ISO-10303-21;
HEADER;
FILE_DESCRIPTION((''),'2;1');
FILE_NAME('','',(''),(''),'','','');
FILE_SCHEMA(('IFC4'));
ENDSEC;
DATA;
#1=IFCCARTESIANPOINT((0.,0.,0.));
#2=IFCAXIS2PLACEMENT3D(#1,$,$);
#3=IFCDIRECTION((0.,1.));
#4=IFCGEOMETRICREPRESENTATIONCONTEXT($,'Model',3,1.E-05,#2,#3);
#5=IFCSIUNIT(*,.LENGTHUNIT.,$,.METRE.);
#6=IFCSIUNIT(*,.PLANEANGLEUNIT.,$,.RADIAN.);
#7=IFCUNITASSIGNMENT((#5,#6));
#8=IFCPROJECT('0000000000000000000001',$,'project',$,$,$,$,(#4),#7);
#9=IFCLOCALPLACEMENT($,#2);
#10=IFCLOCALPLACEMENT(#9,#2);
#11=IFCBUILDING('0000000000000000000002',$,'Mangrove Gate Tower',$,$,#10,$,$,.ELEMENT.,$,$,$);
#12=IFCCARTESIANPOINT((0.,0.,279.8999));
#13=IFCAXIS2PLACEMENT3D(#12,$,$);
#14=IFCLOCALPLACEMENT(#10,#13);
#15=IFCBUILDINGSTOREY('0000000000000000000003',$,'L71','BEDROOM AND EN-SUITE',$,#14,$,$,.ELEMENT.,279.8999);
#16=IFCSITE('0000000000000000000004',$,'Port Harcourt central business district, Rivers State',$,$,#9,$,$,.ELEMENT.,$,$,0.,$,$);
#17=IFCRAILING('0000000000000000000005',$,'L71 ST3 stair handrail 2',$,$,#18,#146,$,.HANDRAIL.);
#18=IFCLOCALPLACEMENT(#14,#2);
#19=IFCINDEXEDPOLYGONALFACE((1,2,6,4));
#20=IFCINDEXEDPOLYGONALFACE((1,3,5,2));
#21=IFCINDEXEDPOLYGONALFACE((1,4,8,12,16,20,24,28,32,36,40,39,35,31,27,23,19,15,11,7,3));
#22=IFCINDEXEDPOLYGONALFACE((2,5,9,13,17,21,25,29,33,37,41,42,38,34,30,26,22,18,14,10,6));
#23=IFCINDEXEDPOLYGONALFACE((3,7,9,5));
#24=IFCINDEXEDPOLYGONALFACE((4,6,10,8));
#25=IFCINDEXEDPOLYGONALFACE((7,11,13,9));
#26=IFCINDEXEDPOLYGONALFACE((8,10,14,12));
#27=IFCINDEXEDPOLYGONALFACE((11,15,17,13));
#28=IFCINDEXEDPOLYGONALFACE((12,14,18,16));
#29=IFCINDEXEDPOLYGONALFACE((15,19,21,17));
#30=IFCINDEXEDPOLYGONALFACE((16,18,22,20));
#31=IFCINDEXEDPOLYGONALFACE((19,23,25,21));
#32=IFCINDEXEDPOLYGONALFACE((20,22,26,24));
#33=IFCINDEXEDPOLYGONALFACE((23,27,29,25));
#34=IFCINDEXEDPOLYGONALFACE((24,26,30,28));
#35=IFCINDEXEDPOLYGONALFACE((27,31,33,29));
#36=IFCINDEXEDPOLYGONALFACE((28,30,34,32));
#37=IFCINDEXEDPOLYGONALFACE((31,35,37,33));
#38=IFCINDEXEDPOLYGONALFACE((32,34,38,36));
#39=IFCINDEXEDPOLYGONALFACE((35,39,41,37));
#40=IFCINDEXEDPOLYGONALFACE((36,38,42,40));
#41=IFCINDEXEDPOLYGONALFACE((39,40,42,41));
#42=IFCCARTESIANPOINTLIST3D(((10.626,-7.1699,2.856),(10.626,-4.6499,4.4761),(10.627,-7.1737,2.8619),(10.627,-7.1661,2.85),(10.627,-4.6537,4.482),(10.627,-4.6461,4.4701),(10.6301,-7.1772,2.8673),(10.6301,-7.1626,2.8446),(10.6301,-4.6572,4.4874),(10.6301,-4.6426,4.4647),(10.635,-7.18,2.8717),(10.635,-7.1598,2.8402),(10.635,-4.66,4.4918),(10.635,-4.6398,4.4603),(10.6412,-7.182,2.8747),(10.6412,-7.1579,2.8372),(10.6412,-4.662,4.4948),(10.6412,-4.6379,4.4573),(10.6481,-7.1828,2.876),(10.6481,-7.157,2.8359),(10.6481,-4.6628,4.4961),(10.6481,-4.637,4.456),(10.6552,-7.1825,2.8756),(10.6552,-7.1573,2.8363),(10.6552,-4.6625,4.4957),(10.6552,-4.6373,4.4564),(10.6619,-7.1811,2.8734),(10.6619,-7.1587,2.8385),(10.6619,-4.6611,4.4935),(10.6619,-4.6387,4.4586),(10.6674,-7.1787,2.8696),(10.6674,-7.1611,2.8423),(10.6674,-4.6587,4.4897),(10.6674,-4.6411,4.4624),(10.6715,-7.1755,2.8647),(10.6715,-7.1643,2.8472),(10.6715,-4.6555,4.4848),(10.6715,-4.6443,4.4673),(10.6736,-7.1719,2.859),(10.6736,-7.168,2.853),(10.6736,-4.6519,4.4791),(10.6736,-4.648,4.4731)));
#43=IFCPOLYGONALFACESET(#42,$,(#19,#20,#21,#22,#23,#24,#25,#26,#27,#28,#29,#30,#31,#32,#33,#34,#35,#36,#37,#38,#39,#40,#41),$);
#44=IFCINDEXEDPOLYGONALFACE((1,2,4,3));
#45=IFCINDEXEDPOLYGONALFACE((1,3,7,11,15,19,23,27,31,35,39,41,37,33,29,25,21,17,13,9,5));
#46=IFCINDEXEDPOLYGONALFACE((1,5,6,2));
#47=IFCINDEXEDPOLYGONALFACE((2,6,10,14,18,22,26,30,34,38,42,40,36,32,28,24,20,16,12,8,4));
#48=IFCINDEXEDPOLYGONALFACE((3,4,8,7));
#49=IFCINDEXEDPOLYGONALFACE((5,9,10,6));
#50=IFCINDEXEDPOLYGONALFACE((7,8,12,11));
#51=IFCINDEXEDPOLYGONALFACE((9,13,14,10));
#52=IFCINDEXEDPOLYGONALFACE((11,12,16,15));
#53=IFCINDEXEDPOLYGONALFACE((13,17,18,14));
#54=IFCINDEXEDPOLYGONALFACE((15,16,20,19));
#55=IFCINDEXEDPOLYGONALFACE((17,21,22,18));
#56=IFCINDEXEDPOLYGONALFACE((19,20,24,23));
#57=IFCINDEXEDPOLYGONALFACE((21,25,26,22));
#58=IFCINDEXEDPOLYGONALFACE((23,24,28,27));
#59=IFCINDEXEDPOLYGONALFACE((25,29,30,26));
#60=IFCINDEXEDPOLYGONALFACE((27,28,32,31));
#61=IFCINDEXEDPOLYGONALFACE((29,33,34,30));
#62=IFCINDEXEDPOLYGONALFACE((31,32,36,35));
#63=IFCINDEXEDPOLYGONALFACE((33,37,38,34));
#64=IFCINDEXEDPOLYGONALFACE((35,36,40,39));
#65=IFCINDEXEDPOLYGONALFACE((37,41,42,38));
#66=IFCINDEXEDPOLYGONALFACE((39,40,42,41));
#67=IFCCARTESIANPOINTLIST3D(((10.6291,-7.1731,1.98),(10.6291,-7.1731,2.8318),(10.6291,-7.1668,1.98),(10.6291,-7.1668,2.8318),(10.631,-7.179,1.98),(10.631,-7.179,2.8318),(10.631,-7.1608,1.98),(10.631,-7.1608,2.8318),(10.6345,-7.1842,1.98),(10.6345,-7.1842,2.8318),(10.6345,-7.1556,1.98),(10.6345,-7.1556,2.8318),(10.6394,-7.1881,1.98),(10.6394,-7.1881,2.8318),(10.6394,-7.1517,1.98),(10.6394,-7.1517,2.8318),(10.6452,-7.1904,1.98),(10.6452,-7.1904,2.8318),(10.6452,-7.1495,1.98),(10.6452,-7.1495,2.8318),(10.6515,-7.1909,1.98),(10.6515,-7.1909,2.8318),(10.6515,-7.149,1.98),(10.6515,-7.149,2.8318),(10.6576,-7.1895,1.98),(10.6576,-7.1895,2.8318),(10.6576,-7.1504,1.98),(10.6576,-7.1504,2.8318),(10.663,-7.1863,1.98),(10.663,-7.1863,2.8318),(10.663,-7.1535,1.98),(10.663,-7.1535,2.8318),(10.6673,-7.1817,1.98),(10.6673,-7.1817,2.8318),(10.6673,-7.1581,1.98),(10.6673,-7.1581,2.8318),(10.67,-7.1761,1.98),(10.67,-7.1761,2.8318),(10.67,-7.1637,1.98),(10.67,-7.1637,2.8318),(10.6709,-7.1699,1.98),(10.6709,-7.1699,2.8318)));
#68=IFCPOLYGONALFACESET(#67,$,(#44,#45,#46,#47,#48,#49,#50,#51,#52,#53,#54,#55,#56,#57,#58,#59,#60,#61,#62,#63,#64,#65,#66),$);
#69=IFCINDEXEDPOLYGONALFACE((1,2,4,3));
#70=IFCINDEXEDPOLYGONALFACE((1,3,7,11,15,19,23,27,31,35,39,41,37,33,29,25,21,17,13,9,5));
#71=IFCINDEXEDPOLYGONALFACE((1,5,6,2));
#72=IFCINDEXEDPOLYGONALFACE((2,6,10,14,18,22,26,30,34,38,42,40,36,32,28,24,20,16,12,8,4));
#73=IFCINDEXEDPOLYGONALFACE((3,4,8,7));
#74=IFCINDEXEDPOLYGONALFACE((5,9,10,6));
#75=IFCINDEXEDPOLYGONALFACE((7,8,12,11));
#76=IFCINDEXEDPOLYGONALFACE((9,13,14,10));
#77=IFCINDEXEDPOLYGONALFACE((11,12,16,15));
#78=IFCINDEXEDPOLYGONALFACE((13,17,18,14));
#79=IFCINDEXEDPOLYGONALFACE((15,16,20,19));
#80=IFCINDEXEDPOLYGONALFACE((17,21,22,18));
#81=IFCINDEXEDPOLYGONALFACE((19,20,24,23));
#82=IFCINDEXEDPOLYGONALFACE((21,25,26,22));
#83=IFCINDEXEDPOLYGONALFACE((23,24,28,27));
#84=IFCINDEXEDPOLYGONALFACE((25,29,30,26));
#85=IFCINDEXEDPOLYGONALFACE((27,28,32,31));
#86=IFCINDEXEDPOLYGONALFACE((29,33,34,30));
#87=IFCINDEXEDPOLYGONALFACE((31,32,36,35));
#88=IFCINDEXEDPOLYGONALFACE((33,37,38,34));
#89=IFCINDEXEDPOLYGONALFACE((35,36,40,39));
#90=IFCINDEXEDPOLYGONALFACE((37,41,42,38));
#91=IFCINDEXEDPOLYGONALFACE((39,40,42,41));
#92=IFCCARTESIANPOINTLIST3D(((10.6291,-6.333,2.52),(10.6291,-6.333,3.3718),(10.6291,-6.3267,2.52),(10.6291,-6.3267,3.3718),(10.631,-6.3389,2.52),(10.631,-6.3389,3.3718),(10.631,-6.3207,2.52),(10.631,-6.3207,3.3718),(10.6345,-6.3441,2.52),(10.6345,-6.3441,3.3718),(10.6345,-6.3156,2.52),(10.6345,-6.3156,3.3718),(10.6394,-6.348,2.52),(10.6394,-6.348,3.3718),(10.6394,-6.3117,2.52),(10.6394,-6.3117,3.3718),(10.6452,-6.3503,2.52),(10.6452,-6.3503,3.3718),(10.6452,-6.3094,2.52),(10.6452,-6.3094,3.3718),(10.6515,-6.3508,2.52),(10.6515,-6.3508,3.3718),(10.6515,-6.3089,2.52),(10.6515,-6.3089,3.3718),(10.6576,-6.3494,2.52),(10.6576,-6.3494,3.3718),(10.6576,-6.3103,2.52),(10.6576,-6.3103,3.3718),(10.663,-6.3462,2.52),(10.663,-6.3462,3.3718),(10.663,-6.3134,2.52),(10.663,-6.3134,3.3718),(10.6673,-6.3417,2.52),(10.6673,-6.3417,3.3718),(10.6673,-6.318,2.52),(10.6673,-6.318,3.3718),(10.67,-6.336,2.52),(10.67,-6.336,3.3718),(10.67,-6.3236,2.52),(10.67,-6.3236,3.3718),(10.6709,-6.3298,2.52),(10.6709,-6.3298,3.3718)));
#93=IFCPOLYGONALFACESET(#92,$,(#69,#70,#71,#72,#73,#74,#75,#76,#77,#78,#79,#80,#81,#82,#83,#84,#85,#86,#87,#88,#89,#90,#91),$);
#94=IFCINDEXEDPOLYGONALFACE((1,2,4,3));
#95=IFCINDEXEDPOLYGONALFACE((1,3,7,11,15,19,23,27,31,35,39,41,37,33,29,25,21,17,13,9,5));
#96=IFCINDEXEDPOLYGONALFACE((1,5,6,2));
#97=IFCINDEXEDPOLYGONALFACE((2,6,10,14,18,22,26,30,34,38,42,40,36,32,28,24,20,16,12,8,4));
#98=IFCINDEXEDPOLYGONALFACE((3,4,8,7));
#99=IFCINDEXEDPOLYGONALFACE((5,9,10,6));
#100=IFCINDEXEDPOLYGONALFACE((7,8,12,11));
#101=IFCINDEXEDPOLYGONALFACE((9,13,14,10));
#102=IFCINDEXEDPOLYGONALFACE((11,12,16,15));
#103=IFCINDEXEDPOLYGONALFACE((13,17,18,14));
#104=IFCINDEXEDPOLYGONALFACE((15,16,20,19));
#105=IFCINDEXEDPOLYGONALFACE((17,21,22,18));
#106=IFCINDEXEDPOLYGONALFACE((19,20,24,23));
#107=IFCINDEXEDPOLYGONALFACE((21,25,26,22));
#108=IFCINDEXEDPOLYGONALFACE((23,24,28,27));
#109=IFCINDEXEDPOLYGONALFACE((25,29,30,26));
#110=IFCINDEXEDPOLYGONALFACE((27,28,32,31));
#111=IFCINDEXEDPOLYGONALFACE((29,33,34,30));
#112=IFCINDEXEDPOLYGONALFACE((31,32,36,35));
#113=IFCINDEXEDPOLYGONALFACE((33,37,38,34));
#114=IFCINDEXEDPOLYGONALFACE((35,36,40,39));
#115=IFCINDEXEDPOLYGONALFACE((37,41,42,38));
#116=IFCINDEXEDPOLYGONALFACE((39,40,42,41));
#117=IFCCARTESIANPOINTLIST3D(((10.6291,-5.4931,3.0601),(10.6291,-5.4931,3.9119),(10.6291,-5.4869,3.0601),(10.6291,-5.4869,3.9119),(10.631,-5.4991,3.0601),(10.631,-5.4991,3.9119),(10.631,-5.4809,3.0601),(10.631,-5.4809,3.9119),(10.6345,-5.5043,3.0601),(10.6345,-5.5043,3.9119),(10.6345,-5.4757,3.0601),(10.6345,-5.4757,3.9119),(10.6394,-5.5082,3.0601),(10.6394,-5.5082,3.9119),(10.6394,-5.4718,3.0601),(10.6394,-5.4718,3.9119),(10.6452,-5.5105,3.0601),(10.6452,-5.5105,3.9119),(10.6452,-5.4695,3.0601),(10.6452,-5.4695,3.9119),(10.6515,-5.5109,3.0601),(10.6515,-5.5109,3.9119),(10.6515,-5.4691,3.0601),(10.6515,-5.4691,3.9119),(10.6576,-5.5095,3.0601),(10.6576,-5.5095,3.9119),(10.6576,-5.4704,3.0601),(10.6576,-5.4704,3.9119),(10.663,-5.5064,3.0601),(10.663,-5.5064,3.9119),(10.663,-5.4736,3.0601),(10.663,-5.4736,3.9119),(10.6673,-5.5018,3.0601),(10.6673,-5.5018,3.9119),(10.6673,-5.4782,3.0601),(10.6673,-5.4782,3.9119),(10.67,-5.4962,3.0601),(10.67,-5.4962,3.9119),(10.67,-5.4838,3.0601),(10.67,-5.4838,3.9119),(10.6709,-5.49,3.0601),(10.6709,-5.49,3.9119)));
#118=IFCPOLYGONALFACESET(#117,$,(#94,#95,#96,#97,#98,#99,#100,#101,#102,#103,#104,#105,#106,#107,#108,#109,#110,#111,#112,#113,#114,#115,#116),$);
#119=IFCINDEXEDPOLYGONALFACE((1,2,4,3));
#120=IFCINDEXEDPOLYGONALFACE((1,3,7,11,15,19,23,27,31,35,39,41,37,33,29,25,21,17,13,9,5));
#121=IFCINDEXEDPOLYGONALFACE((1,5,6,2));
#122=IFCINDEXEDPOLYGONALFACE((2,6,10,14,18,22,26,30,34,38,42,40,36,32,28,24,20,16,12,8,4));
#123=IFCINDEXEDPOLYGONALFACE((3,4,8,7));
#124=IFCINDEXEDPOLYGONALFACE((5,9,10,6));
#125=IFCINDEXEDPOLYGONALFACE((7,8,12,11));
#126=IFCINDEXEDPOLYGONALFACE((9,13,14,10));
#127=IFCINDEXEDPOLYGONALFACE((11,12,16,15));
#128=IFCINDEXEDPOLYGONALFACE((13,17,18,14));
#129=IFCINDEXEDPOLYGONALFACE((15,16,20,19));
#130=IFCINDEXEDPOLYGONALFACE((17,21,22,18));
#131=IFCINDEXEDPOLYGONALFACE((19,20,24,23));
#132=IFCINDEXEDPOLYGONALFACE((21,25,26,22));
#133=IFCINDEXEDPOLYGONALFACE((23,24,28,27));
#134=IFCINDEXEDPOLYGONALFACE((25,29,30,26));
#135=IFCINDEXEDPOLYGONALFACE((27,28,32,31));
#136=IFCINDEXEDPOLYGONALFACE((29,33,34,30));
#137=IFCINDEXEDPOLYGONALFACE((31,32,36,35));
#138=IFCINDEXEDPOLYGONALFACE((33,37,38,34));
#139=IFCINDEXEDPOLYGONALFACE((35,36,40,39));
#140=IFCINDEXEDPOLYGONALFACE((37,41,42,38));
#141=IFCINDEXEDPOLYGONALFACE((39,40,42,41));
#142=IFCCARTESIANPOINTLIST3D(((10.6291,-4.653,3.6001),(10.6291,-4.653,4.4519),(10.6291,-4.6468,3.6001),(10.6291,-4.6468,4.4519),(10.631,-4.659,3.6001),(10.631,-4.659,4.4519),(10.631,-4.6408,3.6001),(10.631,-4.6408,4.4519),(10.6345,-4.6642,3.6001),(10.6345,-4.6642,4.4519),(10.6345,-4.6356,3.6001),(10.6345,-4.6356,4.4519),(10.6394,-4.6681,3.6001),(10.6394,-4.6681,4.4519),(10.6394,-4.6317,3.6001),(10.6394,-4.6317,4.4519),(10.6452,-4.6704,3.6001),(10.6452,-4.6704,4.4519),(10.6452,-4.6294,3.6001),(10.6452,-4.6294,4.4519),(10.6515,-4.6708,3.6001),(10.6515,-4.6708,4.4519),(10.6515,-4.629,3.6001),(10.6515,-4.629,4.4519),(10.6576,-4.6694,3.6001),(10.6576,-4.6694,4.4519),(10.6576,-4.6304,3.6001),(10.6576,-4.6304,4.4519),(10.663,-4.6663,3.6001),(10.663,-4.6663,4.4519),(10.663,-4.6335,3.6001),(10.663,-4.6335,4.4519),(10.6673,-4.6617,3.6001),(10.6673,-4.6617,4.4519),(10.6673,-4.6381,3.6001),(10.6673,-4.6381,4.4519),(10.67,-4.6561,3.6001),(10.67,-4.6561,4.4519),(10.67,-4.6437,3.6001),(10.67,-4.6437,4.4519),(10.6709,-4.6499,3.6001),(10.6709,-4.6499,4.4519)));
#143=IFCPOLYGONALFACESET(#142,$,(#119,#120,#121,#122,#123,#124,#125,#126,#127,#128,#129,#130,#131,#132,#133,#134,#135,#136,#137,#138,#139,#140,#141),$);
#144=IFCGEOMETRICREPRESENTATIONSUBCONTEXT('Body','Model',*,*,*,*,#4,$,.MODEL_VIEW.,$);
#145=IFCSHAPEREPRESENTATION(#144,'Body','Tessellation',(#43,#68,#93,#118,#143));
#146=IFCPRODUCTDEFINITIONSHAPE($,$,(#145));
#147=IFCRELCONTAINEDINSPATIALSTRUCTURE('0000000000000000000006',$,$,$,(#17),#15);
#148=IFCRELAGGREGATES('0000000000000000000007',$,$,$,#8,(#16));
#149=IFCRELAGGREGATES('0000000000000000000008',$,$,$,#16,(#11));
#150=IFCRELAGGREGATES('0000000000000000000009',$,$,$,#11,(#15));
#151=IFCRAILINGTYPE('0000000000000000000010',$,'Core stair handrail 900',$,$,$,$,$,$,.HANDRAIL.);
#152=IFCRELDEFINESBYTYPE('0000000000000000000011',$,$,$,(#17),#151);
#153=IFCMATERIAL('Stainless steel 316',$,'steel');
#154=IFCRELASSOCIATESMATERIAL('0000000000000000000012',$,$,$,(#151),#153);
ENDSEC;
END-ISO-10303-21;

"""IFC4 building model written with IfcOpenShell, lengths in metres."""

from ifc_helpers import new_model, si_unit, direction, frame, origin, origin_2d, place, context, subcontext, project, spatial, circle, extrude, material, type_object, element, save


model = new_model("IFC4")

# Units and contexts
model_context = context("Model", 3, precision=1e-05, world=origin(), true_north=direction((0.0, 1.0)))
body_context = subcontext(model_context, "Body", "Model", "MODEL_VIEW")
ifc_project = project(units=[si_unit("LENGTHUNIT", "METRE"), si_unit("PLANEANGLEUNIT", "RADIAN")], contexts=[model_context])

# Site, building, storey
site_placement = place(None, origin())
site = spatial("IfcSite", under=ifc_project, at=site_placement, Name="Port Harcourt central business district, Rivers State", CompositionType="ELEMENT", RefElevation=0.0)
building_placement = place(site_placement, origin())
building = spatial("IfcBuilding", under=site, at=building_placement, Name="Mangrove Gate Tower", CompositionType="ELEMENT")
storey_placement = place(building_placement, frame((0.0, 0.0, 279.8999)))
storey = spatial("IfcBuildingStorey", under=building, at=storey_placement, Name="L71", Description="BEDROOM AND EN-SUITE", CompositionType="ELEMENT", Elevation=279.8999)

# Railing
ifc_material_1 = material(Name="Stainless steel 316", Category="steel")
railing_type_1 = type_object("IfcRailingType", Name="Core stair handrail 900", PredefinedType="HANDRAIL", material=ifc_material_1)
railing_1_placement = place(storey_placement, frame((10.6499, -7.1699, 1.98)))
element("IfcRailing", 1, at=railing_1_placement, inside=storey, type_object=railing_type_1, Name="L71 ST3 stair handrail 2", PredefinedType="HANDRAIL", context=body_context, shape_type="SweptSolid", body=[
    extrude(circle(Radius=0.0239, at=origin_2d()), frame((0.0, 0.0, 0.876), z_axis=(0.0, 0.841163, 0.540782), x_axis=(-1.0, 0.0, 0.0)), (0.0, 0.0, 1.0), 2.9958),
    extrude(circle(Radius=0.021, at=origin_2d()), origin(), (0.0, 0.0, 1.0), 0.8518),
    extrude(circle(Radius=0.021, at=origin_2d()), frame((0.0, 0.8401, 0.54)), (0.0, 0.0, 1.0), 0.8518),
    extrude(circle(Radius=0.021, at=origin_2d()), frame((0.0, 1.6799, 1.0801)), (0.0, 0.0, 1.0), 0.8518),
    extrude(circle(Radius=0.021, at=origin_2d()), frame((0.0, 2.52, 1.6201)), (0.0, 0.0, 1.0), 0.8518),
])

save(model, "model.ifc")
